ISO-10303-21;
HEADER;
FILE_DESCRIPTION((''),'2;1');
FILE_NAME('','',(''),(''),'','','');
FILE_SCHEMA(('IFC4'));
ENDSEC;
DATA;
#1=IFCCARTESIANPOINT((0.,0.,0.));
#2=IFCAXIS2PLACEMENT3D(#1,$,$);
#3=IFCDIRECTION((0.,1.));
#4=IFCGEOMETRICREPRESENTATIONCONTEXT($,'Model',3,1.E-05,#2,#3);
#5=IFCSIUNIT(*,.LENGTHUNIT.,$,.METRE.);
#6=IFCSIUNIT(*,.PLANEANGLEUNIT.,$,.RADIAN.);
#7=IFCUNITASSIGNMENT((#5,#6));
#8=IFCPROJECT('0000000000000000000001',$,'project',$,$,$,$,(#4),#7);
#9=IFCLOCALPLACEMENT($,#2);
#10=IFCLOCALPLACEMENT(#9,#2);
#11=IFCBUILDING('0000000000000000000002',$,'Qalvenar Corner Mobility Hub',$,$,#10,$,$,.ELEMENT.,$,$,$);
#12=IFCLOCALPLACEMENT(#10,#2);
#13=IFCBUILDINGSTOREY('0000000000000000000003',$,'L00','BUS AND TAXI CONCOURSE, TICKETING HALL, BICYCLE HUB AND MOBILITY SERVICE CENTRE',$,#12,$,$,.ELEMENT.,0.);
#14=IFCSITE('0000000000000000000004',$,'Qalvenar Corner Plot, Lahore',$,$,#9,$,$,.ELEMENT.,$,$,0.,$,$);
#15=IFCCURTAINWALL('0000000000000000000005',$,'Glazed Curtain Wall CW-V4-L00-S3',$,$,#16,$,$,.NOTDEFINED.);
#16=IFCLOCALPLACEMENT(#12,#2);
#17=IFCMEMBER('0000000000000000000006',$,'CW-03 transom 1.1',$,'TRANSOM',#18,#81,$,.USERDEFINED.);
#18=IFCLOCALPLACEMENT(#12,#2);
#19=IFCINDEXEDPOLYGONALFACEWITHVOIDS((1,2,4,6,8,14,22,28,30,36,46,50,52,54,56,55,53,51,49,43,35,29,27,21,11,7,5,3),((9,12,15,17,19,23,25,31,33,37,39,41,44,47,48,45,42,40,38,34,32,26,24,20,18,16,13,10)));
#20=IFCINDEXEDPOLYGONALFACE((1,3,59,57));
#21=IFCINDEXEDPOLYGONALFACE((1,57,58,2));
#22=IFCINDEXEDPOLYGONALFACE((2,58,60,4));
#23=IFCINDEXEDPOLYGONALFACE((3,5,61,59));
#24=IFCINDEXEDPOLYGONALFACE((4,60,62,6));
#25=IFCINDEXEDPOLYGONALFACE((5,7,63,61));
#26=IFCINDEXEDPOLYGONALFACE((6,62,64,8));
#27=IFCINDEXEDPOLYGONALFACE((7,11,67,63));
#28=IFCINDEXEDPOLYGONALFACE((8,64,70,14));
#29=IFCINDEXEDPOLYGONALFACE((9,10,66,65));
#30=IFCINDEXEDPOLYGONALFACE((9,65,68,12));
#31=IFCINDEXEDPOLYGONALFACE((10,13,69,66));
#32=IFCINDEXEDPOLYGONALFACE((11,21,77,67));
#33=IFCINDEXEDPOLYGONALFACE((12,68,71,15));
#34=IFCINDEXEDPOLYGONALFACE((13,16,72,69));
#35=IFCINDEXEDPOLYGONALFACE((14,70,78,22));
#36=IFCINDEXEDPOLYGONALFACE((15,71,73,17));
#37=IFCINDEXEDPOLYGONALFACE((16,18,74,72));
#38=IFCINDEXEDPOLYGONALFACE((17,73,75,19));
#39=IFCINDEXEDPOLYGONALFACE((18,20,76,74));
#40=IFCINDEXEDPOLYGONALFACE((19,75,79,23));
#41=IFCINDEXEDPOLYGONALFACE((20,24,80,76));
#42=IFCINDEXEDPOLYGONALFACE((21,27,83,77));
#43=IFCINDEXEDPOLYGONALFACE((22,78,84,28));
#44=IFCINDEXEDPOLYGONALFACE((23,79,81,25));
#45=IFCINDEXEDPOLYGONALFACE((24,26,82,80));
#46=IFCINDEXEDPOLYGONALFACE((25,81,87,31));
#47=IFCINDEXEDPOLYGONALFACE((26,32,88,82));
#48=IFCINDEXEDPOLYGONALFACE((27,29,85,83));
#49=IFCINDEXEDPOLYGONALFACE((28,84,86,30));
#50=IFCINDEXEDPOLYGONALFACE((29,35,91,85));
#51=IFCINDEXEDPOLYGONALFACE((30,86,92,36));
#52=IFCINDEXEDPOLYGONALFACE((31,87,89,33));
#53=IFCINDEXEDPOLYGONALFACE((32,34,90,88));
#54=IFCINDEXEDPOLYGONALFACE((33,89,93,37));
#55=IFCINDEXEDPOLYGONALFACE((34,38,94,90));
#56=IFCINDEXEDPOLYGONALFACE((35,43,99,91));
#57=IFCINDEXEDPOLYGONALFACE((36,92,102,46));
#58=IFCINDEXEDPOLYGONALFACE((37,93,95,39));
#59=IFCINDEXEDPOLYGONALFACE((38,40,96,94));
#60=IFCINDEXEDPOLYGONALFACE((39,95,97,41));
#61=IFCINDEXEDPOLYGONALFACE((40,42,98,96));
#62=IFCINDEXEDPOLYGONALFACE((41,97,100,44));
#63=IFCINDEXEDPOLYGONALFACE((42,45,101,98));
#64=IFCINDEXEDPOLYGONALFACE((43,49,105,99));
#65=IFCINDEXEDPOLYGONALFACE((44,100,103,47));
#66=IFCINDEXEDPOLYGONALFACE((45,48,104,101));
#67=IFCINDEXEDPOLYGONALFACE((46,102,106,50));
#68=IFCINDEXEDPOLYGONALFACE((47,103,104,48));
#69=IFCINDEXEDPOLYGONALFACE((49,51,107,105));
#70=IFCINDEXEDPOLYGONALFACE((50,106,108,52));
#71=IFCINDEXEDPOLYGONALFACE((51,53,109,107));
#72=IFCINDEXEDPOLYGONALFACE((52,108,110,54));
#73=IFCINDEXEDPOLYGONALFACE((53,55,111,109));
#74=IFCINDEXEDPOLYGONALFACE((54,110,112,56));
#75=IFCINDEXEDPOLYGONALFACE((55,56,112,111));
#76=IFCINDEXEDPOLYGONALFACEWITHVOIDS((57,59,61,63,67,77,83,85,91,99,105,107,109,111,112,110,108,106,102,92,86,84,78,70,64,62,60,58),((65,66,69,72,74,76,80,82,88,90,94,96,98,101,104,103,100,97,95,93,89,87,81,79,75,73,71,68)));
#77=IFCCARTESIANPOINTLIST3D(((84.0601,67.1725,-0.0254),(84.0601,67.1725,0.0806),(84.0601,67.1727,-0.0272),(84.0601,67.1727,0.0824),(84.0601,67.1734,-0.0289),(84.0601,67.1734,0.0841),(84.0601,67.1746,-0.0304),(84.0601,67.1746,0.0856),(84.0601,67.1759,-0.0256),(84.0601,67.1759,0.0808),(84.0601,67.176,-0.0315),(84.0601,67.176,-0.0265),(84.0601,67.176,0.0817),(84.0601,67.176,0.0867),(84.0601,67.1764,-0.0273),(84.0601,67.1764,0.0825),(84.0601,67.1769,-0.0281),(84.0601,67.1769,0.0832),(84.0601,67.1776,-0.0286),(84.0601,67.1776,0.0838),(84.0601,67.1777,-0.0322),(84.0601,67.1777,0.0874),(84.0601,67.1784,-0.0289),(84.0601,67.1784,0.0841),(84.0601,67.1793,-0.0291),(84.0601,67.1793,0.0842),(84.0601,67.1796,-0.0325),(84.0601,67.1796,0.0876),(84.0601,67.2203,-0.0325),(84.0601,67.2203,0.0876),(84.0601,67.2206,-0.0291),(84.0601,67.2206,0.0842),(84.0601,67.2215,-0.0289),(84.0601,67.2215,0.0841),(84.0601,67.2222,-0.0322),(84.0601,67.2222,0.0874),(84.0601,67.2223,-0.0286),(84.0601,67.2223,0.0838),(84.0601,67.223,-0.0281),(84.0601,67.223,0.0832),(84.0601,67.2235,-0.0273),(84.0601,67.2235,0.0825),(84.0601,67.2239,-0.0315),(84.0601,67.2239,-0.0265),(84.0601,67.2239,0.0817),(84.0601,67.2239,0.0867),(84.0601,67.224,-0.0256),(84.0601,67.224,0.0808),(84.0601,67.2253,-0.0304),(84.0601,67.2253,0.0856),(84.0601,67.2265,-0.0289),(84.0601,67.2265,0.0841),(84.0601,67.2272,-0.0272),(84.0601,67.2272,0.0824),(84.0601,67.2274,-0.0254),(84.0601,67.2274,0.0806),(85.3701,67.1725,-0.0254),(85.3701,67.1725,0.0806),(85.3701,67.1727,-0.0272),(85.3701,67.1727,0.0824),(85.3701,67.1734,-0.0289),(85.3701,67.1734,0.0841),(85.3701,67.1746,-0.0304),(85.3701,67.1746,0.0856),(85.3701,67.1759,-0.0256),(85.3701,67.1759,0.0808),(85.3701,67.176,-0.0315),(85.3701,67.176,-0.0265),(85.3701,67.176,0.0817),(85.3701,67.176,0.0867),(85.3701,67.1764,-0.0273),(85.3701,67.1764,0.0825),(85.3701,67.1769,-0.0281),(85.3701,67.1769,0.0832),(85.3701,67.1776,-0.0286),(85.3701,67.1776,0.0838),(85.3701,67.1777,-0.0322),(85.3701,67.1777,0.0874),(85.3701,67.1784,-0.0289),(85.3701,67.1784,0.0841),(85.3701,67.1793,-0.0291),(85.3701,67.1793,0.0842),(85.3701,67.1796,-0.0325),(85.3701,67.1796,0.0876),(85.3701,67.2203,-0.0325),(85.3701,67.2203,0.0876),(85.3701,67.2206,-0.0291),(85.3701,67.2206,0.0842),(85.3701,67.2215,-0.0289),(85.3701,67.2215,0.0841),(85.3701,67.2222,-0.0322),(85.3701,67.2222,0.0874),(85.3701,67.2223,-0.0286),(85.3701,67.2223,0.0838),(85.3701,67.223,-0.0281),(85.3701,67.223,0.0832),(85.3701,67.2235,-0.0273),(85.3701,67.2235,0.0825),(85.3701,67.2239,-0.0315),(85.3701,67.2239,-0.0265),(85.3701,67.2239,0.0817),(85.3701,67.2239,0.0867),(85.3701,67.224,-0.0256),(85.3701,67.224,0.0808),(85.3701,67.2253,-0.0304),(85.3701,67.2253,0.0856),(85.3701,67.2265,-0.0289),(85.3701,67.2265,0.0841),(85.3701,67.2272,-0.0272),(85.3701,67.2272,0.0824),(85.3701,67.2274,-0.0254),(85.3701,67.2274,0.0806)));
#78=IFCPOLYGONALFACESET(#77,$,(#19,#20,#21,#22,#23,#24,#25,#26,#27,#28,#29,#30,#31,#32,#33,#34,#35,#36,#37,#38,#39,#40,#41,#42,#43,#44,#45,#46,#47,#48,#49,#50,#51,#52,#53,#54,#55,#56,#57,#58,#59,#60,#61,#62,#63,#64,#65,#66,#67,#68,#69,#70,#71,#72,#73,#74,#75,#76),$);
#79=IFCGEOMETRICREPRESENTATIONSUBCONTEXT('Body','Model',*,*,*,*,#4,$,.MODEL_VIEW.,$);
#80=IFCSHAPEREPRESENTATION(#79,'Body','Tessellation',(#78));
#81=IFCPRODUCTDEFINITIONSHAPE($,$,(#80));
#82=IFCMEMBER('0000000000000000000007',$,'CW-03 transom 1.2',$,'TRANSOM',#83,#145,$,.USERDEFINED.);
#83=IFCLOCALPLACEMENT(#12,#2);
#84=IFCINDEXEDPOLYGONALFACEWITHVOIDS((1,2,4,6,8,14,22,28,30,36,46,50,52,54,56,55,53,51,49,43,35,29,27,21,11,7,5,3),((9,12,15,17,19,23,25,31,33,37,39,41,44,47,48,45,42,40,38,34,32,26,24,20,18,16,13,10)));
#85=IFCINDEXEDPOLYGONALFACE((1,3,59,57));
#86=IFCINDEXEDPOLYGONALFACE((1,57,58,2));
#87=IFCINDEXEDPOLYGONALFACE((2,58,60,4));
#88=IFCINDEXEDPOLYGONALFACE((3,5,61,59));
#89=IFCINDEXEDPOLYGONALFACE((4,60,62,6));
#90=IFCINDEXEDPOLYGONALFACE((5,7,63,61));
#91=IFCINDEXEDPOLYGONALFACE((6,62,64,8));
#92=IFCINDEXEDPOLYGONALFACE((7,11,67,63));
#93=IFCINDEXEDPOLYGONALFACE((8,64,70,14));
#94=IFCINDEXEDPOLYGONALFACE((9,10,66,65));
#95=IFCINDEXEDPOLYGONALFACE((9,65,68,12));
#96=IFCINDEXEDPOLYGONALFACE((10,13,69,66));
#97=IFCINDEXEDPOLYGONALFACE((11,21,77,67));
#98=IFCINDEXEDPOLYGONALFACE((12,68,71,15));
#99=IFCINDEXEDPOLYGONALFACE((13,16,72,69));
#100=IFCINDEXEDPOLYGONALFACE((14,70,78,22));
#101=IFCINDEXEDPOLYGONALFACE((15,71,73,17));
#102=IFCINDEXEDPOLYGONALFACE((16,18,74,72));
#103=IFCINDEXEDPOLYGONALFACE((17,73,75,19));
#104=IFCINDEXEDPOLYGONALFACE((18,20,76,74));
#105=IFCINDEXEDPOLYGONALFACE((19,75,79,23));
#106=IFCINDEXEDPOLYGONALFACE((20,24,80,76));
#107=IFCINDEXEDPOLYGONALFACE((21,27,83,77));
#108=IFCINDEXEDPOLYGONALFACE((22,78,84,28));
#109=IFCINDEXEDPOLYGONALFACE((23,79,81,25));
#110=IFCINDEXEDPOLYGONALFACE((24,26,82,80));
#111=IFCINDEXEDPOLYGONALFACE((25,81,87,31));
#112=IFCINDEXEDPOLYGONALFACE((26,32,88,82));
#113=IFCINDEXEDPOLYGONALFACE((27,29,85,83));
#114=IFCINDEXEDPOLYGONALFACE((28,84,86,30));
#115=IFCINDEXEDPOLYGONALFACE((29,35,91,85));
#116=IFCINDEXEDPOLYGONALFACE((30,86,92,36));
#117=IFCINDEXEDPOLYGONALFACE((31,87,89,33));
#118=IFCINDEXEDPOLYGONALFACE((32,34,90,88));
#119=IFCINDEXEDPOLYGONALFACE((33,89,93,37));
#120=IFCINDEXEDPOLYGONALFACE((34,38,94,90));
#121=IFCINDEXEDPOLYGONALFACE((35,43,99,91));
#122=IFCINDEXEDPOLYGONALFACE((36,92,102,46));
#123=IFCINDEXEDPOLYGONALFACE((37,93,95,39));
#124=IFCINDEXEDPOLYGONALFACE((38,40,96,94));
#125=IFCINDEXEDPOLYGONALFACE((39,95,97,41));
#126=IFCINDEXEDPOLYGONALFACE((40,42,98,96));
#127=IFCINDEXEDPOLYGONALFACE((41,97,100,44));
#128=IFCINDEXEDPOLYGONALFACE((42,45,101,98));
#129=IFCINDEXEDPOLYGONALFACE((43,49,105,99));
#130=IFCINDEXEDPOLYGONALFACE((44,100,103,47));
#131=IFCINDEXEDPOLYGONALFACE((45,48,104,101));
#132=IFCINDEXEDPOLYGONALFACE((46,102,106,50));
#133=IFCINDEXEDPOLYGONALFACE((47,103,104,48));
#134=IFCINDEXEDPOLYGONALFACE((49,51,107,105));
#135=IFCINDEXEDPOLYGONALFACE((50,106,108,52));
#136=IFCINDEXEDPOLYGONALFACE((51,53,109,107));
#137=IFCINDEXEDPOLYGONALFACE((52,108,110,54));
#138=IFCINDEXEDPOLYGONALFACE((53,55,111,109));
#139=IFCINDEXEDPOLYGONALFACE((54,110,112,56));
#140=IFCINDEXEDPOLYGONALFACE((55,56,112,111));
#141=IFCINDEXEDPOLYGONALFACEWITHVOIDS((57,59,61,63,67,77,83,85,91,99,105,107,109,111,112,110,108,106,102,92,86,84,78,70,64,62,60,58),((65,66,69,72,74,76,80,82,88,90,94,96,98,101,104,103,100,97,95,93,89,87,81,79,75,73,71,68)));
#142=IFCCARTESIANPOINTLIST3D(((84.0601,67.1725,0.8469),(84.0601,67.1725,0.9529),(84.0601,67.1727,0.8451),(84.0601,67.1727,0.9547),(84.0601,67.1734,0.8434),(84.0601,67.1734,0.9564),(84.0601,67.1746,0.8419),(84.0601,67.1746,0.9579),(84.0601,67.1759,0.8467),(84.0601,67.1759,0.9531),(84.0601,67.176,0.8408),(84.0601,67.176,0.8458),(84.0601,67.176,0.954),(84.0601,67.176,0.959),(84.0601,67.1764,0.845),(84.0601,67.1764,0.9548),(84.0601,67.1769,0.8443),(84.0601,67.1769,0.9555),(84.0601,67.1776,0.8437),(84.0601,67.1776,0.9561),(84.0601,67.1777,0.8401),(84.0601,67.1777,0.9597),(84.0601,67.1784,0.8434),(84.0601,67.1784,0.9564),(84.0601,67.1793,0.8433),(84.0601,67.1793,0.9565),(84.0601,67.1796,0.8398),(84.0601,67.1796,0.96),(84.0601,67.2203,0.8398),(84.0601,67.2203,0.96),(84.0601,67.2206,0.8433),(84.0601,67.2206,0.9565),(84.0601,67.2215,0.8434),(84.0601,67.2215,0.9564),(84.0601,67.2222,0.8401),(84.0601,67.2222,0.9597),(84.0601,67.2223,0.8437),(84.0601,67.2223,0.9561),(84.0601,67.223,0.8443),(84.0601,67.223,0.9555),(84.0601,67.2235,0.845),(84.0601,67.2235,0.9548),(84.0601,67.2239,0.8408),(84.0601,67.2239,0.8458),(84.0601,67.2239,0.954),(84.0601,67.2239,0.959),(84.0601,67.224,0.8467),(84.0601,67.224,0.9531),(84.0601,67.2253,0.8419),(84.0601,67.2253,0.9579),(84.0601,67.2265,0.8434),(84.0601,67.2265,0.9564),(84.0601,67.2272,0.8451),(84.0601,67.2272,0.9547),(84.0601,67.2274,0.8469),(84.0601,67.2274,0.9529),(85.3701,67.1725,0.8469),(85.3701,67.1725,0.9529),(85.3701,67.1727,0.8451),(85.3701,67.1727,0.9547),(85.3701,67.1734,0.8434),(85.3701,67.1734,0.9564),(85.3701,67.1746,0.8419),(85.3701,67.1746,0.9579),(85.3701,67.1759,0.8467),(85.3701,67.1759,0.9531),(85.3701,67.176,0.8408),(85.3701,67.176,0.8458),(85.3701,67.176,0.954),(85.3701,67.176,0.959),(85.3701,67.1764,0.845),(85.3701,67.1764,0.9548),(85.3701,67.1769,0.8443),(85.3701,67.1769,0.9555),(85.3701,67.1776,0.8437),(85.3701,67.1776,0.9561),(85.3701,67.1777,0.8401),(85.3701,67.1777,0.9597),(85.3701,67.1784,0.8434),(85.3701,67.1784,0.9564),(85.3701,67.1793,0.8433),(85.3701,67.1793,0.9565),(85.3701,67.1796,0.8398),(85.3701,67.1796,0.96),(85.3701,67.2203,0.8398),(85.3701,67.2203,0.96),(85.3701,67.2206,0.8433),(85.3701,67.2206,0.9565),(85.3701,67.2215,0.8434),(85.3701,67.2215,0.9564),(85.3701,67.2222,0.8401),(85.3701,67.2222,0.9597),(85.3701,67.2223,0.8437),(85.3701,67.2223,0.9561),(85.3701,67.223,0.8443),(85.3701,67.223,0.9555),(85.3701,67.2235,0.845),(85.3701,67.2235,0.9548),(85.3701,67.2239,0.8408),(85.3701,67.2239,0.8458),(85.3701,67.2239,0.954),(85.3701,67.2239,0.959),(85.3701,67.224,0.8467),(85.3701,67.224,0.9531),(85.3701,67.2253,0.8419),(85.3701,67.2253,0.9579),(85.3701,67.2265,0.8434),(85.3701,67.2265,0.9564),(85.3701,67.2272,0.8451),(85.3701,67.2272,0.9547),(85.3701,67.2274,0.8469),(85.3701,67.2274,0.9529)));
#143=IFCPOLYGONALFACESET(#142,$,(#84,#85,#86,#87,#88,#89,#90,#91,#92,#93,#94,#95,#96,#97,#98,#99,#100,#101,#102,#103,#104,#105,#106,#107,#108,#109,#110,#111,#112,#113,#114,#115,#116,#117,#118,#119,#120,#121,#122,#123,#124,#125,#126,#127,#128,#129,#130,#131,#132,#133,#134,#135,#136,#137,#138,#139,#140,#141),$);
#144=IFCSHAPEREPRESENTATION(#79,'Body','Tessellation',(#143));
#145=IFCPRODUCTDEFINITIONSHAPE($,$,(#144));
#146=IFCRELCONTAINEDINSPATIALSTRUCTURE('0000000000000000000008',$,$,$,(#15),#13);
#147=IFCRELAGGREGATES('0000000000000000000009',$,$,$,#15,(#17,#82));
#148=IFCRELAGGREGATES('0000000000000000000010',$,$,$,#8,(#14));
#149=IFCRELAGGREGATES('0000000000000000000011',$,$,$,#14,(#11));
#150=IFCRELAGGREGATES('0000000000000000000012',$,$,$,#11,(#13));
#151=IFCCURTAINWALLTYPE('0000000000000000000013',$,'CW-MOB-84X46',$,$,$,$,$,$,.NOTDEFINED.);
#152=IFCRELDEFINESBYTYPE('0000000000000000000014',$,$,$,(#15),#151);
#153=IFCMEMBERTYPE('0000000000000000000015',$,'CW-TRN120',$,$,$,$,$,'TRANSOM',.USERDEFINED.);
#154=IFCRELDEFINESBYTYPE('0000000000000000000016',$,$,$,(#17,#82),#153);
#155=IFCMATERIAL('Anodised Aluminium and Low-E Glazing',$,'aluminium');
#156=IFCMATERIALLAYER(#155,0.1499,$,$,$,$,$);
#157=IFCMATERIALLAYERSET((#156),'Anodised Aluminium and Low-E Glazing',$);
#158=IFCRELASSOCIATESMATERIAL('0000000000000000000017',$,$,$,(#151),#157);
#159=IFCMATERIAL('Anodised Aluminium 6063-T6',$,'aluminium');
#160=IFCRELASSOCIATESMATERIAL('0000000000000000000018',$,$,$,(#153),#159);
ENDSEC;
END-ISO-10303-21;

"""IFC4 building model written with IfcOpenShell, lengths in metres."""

from ifc_helpers import new_model, si_unit, direction, frame, origin, origin_2d, place, context, subcontext, project, spatial, hollow_rectangle, extrude, material, layer, layer_set, material_profile, profile_set, type_object, element, aggregate, save


model = new_model("IFC4")

# Units and contexts
model_context = context("Model", 3, precision=1e-05, world=origin(), true_north=direction((0.0, 1.0)))
body_context = subcontext(model_context, "Body", "Model", "MODEL_VIEW")
ifc_project = project(units=[si_unit("LENGTHUNIT", "METRE"), si_unit("PLANEANGLEUNIT", "RADIAN")], contexts=[model_context])

# Site, building, storey
site_placement = place(None, origin())
site = spatial("IfcSite", under=ifc_project, at=site_placement, Name="Qalvenar Corner Plot, Lahore", CompositionType="ELEMENT", RefElevation=0.0)
building_placement = place(site_placement, origin())
building = spatial("IfcBuilding", under=site, at=building_placement, Name="Qalvenar Corner Mobility Hub", CompositionType="ELEMENT")
storey_placement = place(building_placement, origin())
storey = spatial("IfcBuildingStorey", under=building, at=storey_placement, Name="L00", Description="BUS AND TAXI CONCOURSE, TICKETING HALL, BICYCLE HUB AND MOBILITY SERVICE CENTRE", CompositionType="ELEMENT", Elevation=0.0)

# Curtain wall
ifc_material_1 = material(Name="Anodised Aluminium and Low-E Glazing", Category="aluminium")
ifc_layer_1 = layer(ifc_material_1, 0.1499)
ifc_layer_set_1 = layer_set([ifc_layer_1], Name="Anodised Aluminium and Low-E Glazing")
curtain_wall_type = type_object("IfcCurtainWallType", Name="CW-MOB-84X46", PredefinedType="NOTDEFINED", material=ifc_layer_set_1)
ifc_material_2 = material(Name="Anodised Aluminium 6063-T6", Category="aluminium")
curtain_wall_1_placement = place(storey_placement, origin())
curtain_wall_1 = element("IfcCurtainWall", 1, at=curtain_wall_1_placement, inside=storey, type_object=curtain_wall_type, Name="Glazed Curtain Wall CW-V4-L00-S3", PredefinedType="NOTDEFINED")

# Members
ifc_material_profile_1 = material_profile(ifc_material_2, hollow_rectangle(XDim=0.0549, YDim=0.1201, WallThickness=0.0034, InnerFilletRadius=0.0034, OuterFilletRadius=0.0071, at=origin_2d()), Name="RHS120x55x3.5")
ifc_profile_set_1 = profile_set([ifc_material_profile_1], Name="Anodised Aluminium 6063-T6")
member_type_1 = type_object("IfcMemberType", Name="CW-TRN120", ElementType="TRANSOM", PredefinedType="USERDEFINED", material=ifc_profile_set_1)
member_1_placement = place(storey_placement, frame((84.0601, 67.2, 0.0276), z_axis=(1.0, 0.0, 0.0), x_axis=(0.0, 1.0, 0.0)))
member_1 = element("IfcMember", 2, at=member_1_placement, type_object=member_type_1, Name="CW-03 transom 1.1", ObjectType="TRANSOM", PredefinedType="USERDEFINED", context=body_context, shape_type="SweptSolid", body=[
    extrude(hollow_rectangle(XDim=0.0549, YDim=0.1201, WallThickness=0.0034, InnerFilletRadius=0.0034, OuterFilletRadius=0.0071, at=origin_2d()), origin(), (0.0, 0.0, 1.0), 1.3101),
])
member_2_placement = place(storey_placement, frame((84.0601, 67.2, 0.8999), z_axis=(1.0, 0.0, 0.0), x_axis=(0.0, 1.0, 0.0)))
member_2 = element("IfcMember", 3, at=member_2_placement, type_object=member_type_1, Name="CW-03 transom 1.2", ObjectType="TRANSOM", PredefinedType="USERDEFINED", context=body_context, shape_type="SweptSolid", body=[
    extrude(hollow_rectangle(XDim=0.0549, YDim=0.1201, WallThickness=0.0034, InnerFilletRadius=0.0034, OuterFilletRadius=0.0071, at=origin_2d()), origin(), (0.0, 0.0, 1.0), 1.3101),
])

aggregate(curtain_wall_1, [member_1, member_2])

save(model, "model.ifc")
